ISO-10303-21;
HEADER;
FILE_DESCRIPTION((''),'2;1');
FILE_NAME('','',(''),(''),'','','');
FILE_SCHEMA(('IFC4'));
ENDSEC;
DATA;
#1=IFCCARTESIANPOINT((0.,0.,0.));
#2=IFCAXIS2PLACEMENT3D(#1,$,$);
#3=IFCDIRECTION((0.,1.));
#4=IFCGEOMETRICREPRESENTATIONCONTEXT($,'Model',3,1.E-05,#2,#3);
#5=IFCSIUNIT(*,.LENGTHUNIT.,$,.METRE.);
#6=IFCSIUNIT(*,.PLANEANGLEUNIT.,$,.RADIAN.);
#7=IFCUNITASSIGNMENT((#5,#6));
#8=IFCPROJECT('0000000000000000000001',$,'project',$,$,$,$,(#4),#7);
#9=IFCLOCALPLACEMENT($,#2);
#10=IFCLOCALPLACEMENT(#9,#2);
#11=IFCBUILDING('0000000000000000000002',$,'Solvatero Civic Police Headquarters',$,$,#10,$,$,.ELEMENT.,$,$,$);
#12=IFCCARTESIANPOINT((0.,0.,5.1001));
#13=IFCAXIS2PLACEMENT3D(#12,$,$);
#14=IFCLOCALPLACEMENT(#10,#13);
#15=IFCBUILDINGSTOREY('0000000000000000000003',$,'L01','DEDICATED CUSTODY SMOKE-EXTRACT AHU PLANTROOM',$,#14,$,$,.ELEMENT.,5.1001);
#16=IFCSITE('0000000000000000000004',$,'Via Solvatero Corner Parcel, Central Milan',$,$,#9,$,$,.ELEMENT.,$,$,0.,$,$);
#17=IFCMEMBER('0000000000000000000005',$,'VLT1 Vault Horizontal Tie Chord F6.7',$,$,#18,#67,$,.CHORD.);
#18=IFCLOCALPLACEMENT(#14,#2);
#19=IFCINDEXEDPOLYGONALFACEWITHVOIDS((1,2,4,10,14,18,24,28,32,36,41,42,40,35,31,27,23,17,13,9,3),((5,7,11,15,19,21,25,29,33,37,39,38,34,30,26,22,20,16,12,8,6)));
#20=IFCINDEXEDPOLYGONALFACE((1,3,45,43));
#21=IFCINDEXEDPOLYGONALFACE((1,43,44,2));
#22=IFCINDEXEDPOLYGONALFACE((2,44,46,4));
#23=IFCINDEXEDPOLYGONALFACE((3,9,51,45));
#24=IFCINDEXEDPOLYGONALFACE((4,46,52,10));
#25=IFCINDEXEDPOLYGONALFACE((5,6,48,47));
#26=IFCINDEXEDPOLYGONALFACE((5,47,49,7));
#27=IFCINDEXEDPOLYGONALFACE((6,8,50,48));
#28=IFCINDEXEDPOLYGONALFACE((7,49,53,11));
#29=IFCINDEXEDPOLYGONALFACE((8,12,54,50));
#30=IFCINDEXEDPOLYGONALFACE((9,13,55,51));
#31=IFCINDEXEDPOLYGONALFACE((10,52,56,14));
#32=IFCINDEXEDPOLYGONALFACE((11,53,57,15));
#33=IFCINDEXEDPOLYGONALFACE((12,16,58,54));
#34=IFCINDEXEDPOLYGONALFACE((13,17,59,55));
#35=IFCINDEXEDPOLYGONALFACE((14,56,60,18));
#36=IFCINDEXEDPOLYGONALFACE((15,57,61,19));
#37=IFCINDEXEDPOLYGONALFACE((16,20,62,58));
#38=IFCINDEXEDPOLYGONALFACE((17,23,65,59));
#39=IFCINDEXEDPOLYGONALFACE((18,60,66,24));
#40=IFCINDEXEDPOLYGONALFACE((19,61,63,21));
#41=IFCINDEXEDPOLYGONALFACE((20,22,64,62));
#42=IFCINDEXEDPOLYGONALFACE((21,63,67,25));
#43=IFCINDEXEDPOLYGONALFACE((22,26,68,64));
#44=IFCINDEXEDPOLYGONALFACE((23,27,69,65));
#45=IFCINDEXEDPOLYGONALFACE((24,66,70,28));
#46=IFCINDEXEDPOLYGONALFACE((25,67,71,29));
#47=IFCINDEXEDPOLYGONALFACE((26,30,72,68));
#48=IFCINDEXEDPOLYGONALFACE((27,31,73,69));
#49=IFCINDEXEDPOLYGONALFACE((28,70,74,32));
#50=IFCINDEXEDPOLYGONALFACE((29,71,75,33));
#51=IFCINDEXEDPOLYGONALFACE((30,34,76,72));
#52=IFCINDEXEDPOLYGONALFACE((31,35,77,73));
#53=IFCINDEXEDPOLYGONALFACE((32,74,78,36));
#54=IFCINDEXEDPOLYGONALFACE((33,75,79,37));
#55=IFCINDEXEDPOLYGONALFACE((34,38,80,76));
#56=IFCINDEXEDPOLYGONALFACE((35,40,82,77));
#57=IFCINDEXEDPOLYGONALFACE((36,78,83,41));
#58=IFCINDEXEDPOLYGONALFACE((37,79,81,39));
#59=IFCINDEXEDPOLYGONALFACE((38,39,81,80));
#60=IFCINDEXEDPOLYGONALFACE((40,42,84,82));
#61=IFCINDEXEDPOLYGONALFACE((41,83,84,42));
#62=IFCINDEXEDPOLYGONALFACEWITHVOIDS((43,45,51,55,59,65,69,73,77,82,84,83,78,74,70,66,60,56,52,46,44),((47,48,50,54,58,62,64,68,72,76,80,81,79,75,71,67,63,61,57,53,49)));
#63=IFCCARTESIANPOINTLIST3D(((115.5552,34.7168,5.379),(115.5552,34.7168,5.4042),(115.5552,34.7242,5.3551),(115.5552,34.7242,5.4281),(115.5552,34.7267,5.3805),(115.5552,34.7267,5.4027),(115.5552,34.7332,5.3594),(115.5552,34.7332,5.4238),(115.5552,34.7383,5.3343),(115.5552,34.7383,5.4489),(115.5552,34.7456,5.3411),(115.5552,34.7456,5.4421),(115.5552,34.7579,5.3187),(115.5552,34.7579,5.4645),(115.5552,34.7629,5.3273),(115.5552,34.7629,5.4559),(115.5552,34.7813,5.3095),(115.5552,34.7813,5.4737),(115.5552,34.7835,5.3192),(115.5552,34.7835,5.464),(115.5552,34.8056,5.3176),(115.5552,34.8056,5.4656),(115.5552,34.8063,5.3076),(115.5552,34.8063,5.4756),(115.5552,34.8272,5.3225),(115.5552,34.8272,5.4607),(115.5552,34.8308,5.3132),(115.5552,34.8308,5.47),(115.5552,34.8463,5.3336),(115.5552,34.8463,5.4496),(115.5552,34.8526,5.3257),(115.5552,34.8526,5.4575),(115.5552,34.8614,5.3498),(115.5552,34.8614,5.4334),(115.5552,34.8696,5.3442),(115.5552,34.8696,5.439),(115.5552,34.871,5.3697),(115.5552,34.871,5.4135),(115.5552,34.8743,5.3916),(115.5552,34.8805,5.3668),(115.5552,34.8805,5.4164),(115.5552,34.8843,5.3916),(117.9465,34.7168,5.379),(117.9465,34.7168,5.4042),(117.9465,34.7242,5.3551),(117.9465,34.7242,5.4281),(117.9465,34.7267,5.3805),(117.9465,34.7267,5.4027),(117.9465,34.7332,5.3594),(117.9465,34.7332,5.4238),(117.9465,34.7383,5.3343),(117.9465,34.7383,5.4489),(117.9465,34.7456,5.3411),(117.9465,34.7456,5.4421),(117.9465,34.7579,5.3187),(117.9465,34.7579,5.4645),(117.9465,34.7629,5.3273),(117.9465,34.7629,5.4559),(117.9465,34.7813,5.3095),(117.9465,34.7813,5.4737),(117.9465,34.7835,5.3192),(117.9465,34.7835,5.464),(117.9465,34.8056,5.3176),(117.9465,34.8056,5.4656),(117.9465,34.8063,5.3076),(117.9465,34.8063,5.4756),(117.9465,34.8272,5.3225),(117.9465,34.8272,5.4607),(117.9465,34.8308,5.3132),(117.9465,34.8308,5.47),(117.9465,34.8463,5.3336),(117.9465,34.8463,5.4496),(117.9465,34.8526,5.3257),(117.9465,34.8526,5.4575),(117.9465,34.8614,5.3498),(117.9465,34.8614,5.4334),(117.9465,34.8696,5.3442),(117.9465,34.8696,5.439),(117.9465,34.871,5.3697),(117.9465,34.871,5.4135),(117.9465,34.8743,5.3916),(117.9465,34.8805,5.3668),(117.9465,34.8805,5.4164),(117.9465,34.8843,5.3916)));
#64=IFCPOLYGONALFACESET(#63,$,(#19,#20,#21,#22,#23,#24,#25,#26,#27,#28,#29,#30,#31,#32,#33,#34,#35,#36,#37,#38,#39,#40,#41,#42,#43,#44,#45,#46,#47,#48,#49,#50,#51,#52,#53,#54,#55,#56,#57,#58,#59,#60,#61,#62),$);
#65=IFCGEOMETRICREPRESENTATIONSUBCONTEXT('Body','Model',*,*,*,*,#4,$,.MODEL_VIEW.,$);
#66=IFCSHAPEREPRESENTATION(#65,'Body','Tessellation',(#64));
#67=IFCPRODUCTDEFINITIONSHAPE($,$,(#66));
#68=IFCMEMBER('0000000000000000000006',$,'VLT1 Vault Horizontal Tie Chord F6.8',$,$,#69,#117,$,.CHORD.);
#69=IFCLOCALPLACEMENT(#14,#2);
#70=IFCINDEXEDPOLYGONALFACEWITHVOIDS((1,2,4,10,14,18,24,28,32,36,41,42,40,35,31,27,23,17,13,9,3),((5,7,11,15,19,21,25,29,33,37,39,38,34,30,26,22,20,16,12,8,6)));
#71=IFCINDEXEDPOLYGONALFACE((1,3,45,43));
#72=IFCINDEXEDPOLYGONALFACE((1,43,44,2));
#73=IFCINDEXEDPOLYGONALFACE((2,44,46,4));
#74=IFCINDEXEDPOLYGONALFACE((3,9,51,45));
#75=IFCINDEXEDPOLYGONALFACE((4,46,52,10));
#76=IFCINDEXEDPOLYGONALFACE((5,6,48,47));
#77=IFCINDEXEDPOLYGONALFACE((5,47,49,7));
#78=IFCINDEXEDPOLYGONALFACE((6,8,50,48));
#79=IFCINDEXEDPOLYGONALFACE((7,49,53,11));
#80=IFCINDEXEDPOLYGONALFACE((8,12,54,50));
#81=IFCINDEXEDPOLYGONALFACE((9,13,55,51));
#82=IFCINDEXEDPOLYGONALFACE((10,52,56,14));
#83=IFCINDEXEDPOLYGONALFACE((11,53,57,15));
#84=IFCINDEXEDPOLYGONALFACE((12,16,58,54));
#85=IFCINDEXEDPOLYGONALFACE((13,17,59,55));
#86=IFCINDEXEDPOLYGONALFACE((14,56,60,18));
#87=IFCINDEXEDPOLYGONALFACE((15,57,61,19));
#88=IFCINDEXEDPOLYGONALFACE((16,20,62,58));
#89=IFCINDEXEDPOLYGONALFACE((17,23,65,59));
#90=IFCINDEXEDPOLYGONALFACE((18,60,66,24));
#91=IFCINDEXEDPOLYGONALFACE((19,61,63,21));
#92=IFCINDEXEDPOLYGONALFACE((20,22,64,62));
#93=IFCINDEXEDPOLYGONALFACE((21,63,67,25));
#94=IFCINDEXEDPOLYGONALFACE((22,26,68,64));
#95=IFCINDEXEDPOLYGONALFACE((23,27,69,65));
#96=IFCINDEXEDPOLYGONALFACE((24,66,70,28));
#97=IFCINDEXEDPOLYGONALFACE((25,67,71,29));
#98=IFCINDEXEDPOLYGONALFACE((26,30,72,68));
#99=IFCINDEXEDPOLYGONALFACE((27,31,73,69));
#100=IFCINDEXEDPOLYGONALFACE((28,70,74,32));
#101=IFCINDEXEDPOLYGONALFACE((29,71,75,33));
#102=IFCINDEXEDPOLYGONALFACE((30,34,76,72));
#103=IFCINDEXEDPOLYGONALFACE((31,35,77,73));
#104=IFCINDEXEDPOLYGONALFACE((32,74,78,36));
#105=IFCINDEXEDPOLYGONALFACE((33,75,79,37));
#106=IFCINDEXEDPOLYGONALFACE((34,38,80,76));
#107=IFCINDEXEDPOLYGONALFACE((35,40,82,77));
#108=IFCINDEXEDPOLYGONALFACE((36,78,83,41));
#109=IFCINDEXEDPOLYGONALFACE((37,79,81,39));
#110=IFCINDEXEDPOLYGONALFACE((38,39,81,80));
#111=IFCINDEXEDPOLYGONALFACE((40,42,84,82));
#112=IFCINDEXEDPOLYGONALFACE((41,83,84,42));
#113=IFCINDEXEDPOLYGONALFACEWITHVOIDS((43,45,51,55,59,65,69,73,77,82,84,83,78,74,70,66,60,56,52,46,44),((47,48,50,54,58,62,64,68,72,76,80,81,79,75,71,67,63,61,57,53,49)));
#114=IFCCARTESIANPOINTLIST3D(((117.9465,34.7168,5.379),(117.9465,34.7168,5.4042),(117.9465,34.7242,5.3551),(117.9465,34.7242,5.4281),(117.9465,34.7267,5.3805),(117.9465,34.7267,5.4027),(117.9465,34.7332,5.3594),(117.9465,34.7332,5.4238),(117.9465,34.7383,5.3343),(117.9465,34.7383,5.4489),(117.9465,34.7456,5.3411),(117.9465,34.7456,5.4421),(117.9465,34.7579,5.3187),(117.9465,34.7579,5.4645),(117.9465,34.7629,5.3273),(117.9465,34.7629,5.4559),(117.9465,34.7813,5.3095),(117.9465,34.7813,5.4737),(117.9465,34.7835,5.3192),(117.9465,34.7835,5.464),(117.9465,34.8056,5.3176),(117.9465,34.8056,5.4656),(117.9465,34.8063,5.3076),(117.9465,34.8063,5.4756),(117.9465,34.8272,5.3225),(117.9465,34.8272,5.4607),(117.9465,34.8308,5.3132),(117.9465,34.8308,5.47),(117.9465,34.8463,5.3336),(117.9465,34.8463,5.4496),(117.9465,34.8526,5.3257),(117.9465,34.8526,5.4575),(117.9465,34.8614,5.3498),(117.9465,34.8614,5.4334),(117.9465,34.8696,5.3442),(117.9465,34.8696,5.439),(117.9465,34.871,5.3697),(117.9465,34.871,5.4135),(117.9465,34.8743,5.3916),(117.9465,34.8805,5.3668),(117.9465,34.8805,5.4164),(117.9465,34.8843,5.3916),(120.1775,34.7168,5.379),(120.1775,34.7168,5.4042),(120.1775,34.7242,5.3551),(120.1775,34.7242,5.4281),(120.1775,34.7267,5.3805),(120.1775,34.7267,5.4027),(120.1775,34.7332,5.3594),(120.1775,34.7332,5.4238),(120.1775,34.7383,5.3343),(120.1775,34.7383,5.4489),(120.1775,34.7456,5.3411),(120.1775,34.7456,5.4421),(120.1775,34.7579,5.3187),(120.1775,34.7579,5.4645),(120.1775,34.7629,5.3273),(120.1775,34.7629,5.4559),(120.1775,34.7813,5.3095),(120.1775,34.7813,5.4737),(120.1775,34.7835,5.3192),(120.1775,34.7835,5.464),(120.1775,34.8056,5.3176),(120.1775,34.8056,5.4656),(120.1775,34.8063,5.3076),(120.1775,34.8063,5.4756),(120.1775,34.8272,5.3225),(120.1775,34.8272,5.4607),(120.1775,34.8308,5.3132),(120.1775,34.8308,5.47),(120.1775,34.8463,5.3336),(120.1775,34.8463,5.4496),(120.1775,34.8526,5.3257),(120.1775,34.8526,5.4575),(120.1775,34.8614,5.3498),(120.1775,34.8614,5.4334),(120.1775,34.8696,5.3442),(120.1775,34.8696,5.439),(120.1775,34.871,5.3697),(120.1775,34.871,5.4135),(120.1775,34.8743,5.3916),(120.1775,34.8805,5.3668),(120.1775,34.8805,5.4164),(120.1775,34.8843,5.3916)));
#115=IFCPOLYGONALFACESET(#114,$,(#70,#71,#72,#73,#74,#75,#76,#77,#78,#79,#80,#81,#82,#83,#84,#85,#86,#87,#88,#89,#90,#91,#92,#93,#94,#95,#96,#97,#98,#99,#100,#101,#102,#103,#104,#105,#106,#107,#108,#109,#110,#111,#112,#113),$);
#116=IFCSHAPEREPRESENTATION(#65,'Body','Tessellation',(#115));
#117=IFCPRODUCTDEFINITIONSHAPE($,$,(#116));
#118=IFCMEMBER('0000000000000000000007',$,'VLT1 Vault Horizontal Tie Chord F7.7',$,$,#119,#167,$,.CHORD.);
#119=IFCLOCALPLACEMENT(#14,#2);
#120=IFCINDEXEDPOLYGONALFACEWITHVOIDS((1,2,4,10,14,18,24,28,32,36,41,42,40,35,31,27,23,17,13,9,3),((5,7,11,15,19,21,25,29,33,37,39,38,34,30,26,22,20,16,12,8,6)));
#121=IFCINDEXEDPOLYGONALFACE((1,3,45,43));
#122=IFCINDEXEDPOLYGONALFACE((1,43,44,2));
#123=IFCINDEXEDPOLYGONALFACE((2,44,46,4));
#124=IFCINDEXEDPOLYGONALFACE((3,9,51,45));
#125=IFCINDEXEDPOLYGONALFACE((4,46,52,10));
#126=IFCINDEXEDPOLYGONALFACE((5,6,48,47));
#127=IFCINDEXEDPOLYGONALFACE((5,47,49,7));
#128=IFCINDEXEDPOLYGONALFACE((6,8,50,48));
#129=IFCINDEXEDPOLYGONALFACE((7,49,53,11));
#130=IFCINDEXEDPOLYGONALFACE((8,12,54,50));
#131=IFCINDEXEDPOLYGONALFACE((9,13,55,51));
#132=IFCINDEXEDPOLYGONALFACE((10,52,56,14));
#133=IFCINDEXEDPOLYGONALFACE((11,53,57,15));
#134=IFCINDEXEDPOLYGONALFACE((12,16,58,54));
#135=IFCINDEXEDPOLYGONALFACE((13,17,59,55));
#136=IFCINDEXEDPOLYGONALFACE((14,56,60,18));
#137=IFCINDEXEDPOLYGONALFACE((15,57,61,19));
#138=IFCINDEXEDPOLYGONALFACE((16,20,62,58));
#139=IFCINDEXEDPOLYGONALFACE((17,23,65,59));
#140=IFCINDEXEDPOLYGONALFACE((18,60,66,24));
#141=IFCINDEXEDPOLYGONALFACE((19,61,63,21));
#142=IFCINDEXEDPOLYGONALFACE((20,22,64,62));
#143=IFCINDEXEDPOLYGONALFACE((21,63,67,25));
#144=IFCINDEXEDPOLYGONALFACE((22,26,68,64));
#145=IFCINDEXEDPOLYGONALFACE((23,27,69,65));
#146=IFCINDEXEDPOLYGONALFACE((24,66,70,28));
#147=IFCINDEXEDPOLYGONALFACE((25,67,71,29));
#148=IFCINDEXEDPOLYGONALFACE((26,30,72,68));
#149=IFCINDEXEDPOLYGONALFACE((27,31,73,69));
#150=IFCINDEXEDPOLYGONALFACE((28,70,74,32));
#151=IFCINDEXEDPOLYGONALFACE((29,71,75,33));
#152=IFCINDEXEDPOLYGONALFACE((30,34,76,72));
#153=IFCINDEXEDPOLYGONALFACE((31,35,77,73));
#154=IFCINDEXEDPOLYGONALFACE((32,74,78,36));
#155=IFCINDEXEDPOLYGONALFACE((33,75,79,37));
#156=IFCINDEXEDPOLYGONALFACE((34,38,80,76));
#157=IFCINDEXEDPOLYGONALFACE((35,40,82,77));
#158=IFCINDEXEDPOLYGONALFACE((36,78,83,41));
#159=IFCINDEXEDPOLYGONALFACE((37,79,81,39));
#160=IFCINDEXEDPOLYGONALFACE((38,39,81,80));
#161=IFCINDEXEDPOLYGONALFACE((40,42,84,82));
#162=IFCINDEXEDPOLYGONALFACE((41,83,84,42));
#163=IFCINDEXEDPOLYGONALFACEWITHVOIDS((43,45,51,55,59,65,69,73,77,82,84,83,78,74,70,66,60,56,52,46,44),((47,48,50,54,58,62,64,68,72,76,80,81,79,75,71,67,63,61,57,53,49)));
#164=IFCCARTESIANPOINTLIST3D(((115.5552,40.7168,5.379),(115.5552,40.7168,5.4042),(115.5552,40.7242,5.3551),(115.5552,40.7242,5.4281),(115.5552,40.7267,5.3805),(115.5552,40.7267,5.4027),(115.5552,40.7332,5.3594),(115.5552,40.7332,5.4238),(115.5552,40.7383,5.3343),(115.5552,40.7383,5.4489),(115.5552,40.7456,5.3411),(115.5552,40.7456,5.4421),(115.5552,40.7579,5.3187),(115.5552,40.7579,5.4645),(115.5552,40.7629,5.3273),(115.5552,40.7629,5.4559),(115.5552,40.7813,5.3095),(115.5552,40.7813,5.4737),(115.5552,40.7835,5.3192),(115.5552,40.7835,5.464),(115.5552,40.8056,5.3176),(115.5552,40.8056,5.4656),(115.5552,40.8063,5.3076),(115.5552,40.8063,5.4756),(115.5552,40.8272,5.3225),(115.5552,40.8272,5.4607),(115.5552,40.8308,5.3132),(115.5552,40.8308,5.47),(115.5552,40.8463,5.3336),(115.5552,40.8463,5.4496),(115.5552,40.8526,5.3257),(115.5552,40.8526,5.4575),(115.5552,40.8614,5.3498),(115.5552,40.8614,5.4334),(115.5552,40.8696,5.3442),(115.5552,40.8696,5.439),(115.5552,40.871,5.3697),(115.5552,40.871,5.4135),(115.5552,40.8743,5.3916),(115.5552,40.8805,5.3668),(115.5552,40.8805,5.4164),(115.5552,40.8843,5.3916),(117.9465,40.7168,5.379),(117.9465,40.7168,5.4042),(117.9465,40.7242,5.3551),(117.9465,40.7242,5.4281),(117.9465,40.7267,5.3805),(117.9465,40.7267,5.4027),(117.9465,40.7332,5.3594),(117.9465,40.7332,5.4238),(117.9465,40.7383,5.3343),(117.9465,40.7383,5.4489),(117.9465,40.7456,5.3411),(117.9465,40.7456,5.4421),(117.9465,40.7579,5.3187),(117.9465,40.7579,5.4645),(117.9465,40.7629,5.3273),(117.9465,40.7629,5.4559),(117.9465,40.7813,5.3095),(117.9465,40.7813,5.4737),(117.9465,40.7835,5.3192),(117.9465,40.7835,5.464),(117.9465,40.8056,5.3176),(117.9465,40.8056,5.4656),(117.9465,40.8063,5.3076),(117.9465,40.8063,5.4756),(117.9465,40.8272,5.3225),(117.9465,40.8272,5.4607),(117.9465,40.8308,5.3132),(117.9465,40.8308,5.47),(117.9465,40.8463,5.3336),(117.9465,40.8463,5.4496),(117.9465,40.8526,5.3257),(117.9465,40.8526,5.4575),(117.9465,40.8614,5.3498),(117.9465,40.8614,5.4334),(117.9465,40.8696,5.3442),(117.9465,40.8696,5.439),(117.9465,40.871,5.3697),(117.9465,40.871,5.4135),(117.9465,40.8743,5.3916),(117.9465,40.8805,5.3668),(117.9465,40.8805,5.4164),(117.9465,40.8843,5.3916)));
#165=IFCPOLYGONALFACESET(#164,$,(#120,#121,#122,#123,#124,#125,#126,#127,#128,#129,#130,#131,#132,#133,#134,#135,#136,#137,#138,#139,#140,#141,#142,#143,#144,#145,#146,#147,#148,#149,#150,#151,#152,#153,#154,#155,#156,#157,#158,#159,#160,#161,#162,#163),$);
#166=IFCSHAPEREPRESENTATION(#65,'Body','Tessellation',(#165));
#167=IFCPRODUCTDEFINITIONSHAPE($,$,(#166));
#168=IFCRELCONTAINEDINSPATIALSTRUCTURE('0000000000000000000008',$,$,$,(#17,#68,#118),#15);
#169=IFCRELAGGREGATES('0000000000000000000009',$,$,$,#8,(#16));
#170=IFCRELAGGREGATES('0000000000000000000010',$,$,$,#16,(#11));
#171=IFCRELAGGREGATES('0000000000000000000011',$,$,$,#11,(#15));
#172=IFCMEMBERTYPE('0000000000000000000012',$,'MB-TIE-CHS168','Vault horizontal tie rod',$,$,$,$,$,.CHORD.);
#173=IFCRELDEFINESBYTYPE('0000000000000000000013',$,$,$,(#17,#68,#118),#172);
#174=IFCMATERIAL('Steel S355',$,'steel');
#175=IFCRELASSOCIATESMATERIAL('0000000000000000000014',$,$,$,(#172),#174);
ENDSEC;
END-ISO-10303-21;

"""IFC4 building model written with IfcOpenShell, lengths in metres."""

from ifc_helpers import new_model, si_unit, direction, frame, origin, origin_2d, place, context, subcontext, project, spatial, hollow_circle, extrude, material, material_profile, profile_set, type_object, element, save


model = new_model("IFC4")

# Units and contexts
model_context = context("Model", 3, precision=1e-05, world=origin(), true_north=direction((0.0, 1.0)))
body_context = subcontext(model_context, "Body", "Model", "MODEL_VIEW")
ifc_project = project(units=[si_unit("LENGTHUNIT", "METRE"), si_unit("PLANEANGLEUNIT", "RADIAN")], contexts=[model_context])

# Site, building, storey
site_placement = place(None, origin())
site = spatial("IfcSite", under=ifc_project, at=site_placement, Name="Via Solvatero Corner Parcel, Central Milan", CompositionType="ELEMENT", RefElevation=0.0)
building_placement = place(site_placement, origin())
building = spatial("IfcBuilding", under=site, at=building_placement, Name="Solvatero Civic Police Headquarters", CompositionType="ELEMENT")
storey_placement = place(building_placement, frame((0.0, 0.0, 5.1001)))
storey = spatial("IfcBuildingStorey", under=building, at=storey_placement, Name="L01", Description="DEDICATED CUSTODY SMOKE-EXTRACT AHU PLANTROOM", CompositionType="ELEMENT", Elevation=5.1001)

# Shared definitions
ifc_material_1 = material(Name="Steel S355", Category="steel")

# Members
ifc_material_profile_1 = material_profile(ifc_material_1, hollow_circle(Radius=0.0842, WallThickness=0.01, at=origin_2d()), Name="CHS 168.3x10.0")
ifc_profile_set_1 = profile_set([ifc_material_profile_1], Name="Steel S355")
member_type_1 = type_object("IfcMemberType", Name="MB-TIE-CHS168", Description="Vault horizontal tie rod", PredefinedType="CHORD", material=ifc_profile_set_1)
member_1_placement = place(storey_placement, frame((115.5552, 34.8, 5.3916), z_axis=(1.0, 0.0, 0.0), x_axis=(0.0, 1.0, 0.0)))
element("IfcMember", 1, at=member_1_placement, inside=storey, type_object=member_type_1, Name="VLT1 Vault Horizontal Tie Chord F6.7", PredefinedType="CHORD", context=body_context, shape_type="SweptSolid", body=[
    extrude(hollow_circle(Radius=0.0842, WallThickness=0.01, at=origin_2d()), origin(), (0.0, 0.0, 1.0), 2.3914),
])
member_2_placement = place(storey_placement, frame((117.9465, 34.8, 5.3916), z_axis=(1.0, 0.0, 0.0), x_axis=(0.0, 1.0, 0.0)))
element("IfcMember", 2, at=member_2_placement, inside=storey, type_object=member_type_1, Name="VLT1 Vault Horizontal Tie Chord F6.8", PredefinedType="CHORD", context=body_context, shape_type="SweptSolid", body=[
    extrude(hollow_circle(Radius=0.0842, WallThickness=0.01, at=origin_2d()), origin(), (0.0, 0.0, 1.0), 2.231),
])
member_3_placement = place(storey_placement, frame((115.5552, 40.8, 5.3916), z_axis=(1.0, 0.0, 0.0), x_axis=(0.0, 1.0, 0.0)))
element("IfcMember", 3, at=member_3_placement, inside=storey, type_object=member_type_1, Name="VLT1 Vault Horizontal Tie Chord F7.7", PredefinedType="CHORD", context=body_context, shape_type="SweptSolid", body=[
    extrude(hollow_circle(Radius=0.0842, WallThickness=0.01, at=origin_2d()), origin(), (0.0, 0.0, 1.0), 2.3914),
])

save(model, "model.ifc")
